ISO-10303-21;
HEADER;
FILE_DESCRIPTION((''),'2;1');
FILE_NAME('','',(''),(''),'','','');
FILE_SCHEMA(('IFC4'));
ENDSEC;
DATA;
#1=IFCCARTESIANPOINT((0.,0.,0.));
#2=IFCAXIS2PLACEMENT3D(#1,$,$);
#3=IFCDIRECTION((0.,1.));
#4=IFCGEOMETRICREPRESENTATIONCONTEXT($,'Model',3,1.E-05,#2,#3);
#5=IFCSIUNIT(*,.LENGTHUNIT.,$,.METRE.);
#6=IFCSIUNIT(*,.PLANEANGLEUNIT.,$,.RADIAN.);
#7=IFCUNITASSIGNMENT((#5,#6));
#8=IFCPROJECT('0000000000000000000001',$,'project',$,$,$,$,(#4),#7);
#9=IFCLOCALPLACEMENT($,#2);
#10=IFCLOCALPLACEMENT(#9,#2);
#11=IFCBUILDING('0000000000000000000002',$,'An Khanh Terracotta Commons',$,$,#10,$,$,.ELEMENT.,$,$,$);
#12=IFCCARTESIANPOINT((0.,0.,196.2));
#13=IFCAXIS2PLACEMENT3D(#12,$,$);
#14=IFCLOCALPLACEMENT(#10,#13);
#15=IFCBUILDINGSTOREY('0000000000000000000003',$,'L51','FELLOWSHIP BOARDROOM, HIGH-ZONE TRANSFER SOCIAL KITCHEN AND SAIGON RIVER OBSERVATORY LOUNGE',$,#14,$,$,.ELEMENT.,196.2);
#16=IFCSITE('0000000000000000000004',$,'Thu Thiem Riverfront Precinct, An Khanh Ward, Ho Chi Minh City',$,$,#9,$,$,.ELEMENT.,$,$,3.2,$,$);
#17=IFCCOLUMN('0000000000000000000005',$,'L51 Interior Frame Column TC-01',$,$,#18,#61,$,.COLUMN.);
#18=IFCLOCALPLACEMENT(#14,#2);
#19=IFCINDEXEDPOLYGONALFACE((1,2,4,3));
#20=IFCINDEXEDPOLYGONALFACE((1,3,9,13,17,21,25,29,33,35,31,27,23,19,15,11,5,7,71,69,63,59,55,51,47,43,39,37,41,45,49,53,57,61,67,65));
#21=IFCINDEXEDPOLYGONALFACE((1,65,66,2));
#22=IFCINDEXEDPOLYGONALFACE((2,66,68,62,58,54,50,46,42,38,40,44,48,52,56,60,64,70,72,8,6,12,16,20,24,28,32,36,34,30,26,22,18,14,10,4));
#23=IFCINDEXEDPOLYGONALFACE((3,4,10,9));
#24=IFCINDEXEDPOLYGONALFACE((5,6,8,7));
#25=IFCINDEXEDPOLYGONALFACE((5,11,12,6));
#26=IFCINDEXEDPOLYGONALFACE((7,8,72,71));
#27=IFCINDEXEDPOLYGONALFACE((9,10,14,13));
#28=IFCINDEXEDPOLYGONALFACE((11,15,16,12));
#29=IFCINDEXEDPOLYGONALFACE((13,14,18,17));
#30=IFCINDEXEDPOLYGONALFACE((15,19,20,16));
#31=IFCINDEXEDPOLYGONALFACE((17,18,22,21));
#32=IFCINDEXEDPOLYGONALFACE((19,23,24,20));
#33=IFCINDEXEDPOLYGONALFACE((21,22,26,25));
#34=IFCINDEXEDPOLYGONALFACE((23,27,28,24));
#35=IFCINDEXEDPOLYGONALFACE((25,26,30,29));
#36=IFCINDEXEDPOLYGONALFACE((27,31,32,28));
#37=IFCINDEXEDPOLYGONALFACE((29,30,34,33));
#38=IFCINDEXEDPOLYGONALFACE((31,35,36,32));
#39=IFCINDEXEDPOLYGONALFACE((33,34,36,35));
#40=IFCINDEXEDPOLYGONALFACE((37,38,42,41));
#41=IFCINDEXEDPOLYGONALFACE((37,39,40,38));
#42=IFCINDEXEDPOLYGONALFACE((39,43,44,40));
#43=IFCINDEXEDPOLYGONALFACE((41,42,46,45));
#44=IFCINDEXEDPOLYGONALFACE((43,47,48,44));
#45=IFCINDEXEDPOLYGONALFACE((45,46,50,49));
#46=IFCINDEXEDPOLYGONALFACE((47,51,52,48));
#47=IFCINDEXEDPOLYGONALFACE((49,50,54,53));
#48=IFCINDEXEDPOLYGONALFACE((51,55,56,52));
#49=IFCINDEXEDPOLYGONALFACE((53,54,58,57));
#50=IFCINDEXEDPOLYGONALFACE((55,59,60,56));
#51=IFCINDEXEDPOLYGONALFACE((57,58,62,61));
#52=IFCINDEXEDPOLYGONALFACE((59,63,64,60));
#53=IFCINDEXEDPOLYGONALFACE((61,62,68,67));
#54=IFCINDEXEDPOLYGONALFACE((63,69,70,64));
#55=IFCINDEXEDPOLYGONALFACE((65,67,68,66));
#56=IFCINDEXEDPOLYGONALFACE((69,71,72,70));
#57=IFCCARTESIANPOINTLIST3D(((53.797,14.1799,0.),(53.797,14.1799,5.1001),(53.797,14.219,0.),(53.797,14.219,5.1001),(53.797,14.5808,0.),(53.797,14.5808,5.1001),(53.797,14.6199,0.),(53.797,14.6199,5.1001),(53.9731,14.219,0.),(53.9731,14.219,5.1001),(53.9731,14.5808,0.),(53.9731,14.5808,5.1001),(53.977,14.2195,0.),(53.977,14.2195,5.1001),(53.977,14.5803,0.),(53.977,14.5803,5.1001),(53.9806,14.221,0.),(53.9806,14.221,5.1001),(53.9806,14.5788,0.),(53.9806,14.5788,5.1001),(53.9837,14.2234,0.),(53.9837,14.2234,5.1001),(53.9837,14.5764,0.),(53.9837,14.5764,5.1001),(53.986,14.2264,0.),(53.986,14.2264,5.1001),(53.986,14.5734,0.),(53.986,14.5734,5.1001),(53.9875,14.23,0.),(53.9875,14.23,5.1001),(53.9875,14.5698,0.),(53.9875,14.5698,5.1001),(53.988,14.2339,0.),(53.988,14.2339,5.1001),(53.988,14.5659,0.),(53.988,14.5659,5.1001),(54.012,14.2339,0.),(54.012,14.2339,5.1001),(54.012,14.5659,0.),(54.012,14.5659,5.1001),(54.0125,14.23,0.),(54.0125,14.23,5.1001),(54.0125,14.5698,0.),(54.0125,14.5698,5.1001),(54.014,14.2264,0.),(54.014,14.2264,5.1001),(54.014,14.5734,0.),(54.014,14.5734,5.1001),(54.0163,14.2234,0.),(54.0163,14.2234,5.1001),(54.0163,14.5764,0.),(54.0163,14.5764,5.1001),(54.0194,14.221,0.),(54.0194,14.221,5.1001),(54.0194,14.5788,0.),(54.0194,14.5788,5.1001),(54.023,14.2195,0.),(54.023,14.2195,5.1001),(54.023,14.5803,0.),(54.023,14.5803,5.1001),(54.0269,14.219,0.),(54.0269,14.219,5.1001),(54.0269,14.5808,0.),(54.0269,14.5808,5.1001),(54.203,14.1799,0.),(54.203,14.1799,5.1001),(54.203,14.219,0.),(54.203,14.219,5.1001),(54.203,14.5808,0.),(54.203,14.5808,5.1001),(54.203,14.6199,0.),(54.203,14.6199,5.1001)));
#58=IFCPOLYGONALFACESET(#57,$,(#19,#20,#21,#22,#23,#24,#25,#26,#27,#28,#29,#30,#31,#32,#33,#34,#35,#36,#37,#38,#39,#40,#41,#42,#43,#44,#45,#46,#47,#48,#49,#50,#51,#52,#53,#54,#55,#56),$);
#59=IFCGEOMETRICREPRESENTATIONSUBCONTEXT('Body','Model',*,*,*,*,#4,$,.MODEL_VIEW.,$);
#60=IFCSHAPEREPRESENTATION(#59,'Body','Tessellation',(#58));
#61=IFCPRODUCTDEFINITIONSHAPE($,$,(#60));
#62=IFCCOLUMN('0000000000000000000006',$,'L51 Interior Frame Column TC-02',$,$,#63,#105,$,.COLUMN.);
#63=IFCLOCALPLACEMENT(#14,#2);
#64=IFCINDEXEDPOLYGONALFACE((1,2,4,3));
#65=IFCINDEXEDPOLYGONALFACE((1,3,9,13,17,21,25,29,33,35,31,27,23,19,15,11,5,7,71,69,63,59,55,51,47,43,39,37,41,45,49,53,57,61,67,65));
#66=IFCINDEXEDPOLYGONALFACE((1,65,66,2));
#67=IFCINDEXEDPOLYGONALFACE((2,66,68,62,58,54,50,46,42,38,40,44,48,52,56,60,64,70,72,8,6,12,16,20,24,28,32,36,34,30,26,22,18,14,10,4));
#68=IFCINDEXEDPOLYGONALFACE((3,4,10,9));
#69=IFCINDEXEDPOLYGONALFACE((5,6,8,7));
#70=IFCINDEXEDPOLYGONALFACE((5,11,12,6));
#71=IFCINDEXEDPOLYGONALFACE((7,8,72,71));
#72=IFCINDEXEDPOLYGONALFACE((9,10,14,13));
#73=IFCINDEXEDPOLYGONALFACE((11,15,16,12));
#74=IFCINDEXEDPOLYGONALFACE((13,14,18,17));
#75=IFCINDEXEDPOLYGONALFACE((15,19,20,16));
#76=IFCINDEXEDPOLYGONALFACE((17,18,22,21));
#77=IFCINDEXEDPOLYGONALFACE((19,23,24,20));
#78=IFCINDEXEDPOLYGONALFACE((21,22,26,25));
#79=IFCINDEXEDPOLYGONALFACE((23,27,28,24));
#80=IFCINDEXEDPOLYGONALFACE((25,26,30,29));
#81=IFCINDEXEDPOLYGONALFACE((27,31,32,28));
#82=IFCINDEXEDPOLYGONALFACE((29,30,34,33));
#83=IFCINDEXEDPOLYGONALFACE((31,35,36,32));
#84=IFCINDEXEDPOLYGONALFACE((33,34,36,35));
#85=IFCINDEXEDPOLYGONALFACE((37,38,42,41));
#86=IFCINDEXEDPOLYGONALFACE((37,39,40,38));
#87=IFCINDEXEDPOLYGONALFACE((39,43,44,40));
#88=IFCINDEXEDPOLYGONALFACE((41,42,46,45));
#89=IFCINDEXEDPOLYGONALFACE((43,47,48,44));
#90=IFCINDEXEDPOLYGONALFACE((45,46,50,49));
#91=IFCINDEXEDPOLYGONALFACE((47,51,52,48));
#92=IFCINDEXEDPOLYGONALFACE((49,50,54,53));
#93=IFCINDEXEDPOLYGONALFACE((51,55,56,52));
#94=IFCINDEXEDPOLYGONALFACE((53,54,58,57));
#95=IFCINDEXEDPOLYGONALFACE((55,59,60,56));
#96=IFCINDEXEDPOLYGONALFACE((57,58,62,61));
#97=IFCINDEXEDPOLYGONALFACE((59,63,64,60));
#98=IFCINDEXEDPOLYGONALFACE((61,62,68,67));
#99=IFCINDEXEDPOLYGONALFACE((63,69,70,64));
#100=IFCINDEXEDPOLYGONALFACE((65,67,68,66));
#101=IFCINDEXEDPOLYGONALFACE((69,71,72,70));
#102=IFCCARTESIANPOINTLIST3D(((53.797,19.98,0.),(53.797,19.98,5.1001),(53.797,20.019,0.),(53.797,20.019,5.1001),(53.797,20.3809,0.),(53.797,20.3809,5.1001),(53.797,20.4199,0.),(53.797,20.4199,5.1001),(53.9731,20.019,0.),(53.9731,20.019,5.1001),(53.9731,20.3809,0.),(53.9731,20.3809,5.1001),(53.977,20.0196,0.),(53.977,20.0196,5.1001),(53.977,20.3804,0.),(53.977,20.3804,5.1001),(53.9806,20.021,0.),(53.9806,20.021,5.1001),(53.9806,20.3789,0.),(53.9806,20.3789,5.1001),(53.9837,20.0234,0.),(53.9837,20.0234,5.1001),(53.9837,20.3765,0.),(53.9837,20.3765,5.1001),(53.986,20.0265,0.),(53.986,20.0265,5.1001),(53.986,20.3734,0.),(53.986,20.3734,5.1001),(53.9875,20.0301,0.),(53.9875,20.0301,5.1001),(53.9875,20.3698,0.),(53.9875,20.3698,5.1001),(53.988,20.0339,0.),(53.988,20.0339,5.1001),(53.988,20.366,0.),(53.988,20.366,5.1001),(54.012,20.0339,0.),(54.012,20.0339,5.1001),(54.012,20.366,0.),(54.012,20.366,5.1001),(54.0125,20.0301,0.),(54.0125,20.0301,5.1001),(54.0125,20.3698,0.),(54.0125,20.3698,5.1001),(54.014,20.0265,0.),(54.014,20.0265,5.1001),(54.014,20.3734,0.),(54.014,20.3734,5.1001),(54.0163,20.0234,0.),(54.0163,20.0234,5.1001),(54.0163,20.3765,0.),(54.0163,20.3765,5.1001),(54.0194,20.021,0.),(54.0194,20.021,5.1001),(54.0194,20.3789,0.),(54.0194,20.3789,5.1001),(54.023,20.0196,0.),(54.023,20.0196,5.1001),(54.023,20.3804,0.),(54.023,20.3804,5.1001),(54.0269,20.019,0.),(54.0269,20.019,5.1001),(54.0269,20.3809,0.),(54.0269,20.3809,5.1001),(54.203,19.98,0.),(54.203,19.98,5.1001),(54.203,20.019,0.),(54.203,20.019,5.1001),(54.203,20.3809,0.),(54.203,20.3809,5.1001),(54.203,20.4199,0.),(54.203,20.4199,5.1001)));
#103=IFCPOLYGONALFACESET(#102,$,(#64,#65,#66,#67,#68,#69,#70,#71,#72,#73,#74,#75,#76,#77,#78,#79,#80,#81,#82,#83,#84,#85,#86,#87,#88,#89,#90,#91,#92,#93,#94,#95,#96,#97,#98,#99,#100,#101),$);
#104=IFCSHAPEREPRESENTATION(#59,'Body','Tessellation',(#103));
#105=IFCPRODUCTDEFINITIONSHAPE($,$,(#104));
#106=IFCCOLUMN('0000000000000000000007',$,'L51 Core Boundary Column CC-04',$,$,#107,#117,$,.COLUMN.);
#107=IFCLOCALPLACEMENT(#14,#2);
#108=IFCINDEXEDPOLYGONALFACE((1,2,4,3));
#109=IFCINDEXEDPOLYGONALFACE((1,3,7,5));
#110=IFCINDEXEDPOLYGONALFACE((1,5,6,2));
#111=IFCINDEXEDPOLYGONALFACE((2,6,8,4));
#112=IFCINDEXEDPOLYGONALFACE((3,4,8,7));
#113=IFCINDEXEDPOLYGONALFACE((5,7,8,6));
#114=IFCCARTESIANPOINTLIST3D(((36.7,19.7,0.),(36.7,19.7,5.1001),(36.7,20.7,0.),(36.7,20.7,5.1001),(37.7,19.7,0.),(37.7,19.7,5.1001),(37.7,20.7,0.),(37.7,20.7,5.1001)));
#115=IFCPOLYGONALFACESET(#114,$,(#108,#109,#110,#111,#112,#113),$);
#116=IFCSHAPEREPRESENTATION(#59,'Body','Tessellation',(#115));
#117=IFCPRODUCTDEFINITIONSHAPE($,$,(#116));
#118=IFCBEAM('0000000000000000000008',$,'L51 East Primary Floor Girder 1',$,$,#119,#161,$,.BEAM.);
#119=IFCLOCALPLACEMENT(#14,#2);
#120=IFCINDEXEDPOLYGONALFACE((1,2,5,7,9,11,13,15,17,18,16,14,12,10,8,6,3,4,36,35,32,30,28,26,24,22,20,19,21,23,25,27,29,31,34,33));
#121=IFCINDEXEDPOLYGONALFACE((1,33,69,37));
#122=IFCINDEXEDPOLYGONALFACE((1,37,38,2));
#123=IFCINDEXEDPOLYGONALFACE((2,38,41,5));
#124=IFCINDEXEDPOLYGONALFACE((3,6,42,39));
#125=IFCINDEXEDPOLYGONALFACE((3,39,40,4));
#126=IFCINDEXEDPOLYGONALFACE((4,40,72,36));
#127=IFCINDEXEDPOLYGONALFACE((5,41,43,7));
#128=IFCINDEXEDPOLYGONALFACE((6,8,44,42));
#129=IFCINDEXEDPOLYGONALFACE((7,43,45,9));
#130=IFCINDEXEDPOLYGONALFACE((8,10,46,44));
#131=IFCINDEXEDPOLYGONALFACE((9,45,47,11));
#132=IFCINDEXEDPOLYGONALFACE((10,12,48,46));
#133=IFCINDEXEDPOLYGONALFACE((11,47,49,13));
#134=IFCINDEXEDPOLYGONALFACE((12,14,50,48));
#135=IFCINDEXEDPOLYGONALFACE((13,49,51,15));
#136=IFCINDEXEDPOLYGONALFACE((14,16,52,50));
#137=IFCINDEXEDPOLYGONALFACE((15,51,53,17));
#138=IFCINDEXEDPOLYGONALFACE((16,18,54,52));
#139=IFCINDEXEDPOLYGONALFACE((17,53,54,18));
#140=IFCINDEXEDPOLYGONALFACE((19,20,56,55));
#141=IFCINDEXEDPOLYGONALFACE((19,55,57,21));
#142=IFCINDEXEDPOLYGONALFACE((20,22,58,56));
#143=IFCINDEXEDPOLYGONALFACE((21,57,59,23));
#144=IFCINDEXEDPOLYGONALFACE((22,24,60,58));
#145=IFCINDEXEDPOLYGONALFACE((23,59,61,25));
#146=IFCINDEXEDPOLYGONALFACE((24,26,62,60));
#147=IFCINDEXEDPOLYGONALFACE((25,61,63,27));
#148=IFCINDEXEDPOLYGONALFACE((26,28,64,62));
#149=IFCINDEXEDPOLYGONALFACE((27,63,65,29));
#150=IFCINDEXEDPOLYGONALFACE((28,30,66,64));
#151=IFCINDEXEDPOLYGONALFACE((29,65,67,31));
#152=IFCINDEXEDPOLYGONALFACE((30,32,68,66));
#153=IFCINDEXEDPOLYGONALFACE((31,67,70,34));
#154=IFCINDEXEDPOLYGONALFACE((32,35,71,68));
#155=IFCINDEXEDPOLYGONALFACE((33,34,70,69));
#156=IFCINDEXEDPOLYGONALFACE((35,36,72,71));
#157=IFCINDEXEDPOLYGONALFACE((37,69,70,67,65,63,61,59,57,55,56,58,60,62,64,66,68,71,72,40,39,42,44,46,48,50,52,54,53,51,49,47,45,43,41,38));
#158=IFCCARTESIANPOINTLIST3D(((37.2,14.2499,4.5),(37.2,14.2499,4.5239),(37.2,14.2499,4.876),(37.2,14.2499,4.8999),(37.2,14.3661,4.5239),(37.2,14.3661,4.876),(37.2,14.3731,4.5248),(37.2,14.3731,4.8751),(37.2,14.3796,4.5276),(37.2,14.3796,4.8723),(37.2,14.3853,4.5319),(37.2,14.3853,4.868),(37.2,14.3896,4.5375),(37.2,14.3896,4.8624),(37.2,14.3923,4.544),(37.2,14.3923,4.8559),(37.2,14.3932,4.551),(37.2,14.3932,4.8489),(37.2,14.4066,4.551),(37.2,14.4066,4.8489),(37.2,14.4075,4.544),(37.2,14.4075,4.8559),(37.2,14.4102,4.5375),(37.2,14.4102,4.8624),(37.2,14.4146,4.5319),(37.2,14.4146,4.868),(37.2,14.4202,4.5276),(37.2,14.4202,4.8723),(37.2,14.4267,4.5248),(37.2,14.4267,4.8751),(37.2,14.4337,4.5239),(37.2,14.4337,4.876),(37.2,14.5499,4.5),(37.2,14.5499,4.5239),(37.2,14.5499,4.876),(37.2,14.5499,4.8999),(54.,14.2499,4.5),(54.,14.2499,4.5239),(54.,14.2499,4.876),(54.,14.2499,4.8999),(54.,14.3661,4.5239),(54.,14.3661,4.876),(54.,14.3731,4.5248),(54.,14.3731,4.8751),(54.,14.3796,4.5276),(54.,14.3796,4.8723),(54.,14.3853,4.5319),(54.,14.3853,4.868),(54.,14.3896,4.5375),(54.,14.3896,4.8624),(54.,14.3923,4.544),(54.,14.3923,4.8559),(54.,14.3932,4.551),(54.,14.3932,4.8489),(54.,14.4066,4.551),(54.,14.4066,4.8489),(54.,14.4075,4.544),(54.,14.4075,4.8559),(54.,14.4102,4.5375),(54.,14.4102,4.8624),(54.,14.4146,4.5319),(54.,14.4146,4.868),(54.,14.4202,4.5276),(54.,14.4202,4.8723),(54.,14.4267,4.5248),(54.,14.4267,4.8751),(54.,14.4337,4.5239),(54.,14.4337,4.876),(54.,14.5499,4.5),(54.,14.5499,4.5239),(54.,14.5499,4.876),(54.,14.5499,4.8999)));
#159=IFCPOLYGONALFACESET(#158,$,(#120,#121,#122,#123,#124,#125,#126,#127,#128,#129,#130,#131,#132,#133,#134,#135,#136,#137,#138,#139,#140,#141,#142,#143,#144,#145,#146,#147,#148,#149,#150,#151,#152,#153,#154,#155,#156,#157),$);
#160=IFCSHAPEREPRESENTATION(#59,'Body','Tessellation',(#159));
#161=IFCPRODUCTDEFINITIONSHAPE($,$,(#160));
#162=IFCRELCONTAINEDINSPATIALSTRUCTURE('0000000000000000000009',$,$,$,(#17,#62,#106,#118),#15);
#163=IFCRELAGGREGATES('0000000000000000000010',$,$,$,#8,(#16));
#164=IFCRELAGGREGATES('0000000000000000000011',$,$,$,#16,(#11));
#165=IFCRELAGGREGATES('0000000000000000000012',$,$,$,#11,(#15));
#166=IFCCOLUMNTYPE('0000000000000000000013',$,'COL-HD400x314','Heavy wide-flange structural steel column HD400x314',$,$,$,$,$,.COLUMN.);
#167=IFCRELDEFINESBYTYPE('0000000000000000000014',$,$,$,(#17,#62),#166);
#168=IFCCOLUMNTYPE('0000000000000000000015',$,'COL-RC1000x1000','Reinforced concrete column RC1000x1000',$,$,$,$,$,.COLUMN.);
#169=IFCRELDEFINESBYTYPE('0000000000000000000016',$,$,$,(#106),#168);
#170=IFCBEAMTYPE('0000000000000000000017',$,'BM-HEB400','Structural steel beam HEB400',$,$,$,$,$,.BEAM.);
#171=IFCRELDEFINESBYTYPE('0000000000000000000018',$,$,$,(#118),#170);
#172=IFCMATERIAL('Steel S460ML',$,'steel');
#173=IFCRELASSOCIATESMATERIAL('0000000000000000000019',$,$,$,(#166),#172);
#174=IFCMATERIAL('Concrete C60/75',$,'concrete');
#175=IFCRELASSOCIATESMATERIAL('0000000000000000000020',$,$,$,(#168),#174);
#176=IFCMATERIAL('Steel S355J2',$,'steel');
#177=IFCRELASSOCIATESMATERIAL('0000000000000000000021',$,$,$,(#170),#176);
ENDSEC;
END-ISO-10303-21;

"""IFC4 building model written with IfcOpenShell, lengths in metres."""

from ifc_helpers import new_model, si_unit, direction, frame, origin, origin_2d, place, context, subcontext, project, spatial, rectangle, i_section, extrude, material, material_profile, profile_set, type_object, element, save


model = new_model("IFC4")

# Units and contexts
model_context = context("Model", 3, precision=1e-05, world=origin(), true_north=direction((0.0, 1.0)))
body_context = subcontext(model_context, "Body", "Model", "MODEL_VIEW")
ifc_project = project(units=[si_unit("LENGTHUNIT", "METRE"), si_unit("PLANEANGLEUNIT", "RADIAN")], contexts=[model_context])

# Site, building, storey
site_placement = place(None, origin())
site = spatial("IfcSite", under=ifc_project, at=site_placement, Name="Thu Thiem Riverfront Precinct, An Khanh Ward, Ho Chi Minh City", CompositionType="ELEMENT", RefElevation=3.2)
building_placement = place(site_placement, origin())
building = spatial("IfcBuilding", under=site, at=building_placement, Name="An Khanh Terracotta Commons", CompositionType="ELEMENT")
storey_placement = place(building_placement, frame((0.0, 0.0, 196.2)))
storey = spatial("IfcBuildingStorey", under=building, at=storey_placement, Name="L51", Description="FELLOWSHIP BOARDROOM, HIGH-ZONE TRANSFER SOCIAL KITCHEN AND SAIGON RIVER OBSERVATORY LOUNGE", CompositionType="ELEMENT", Elevation=196.2)

# Columns
ifc_material_1 = material(Name="Steel S460ML", Category="steel")
ifc_material_profile_1 = material_profile(ifc_material_1, i_section(OverallWidth=0.406, OverallDepth=0.4399, WebThickness=0.0239, FlangeThickness=0.0391, FilletRadius=0.0149, at=origin_2d()), Name="HD400x314")
ifc_profile_set_1 = profile_set([ifc_material_profile_1], Name="Steel S460ML")
column_type_1 = type_object("IfcColumnType", Name="COL-HD400x314", Description="Heavy wide-flange structural steel column HD400x314", PredefinedType="COLUMN", material=ifc_profile_set_1)
for number, where, z_axis, x_axis, name in (
    (1, (54.0, 14.3999, 0.0), (0.0, 0.0, 1.0), (1.0, 0.0, 0.0), "L51 Interior Frame Column TC-01"),
    (2, (54.0, 20.2, 0.0), (0.0, 0.0, 1.0), (1.0, 0.0, 0.0), "L51 Interior Frame Column TC-02"),
):
    element("IfcColumn", number, at=place(storey_placement, frame(where, z_axis=z_axis, x_axis=x_axis)), inside=storey, type_object=column_type_1, Name=name, PredefinedType="COLUMN", context=body_context, shape_type="SweptSolid", body=[
        extrude(i_section(OverallWidth=0.406, OverallDepth=0.4399, WebThickness=0.0239, FlangeThickness=0.0391, FilletRadius=0.0149, at=origin_2d()), origin(), (0.0, 0.0, 1.0), 5.1001),
    ])
ifc_material_2 = material(Name="Concrete C60/75", Category="concrete")
ifc_material_profile_2 = material_profile(ifc_material_2, rectangle(XDim=1.0, YDim=1.0, at=origin_2d()), Name="RC1000x1000")
ifc_profile_set_2 = profile_set([ifc_material_profile_2], Name="Concrete C60/75")
column_type_2 = type_object("IfcColumnType", Name="COL-RC1000x1000", Description="Reinforced concrete column RC1000x1000", PredefinedType="COLUMN", material=ifc_profile_set_2)
column_placement = place(storey_placement, frame((37.2, 20.2, 0.0), z_axis=(0.0, 0.0, 1.0), x_axis=(1.0, 0.0, 0.0)))
element("IfcColumn", 3, at=column_placement, inside=storey, type_object=column_type_2, Name="L51 Core Boundary Column CC-04", PredefinedType="COLUMN", context=body_context, shape_type="SweptSolid", body=[
    extrude(rectangle(XDim=1.0, YDim=1.0, at=origin_2d()), origin(), (0.0, 0.0, 1.0), 5.1001),
])

# Beam
ifc_material_3 = material(Name="Steel S355J2", Category="steel")
ifc_material_profile_3 = material_profile(ifc_material_3, i_section(OverallWidth=0.3, OverallDepth=0.3999, WebThickness=0.0134, FlangeThickness=0.0239, FilletRadius=0.0271, at=origin_2d()), Name="HEB400")
ifc_profile_set_3 = profile_set([ifc_material_profile_3], Name="Steel S355J2")
beam_type_1 = type_object("IfcBeamType", Name="BM-HEB400", Description="Structural steel beam HEB400", PredefinedType="BEAM", material=ifc_profile_set_3)
for number, where, z_axis, x_axis, name in (
    (4, (37.2, 14.3999, 4.7), (1.0, 0.0, 0.0), (0.0, 1.0, 0.0), "L51 East Primary Floor Girder 1"),
):
    element("IfcBeam", number, at=place(storey_placement, frame(where, z_axis=z_axis, x_axis=x_axis)), inside=storey, type_object=beam_type_1, Name=name, PredefinedType="BEAM", context=body_context, shape_type="SweptSolid", body=[
        extrude(i_section(OverallWidth=0.3, OverallDepth=0.3999, WebThickness=0.0134, FlangeThickness=0.0239, FilletRadius=0.0271, at=origin_2d()), origin(), (0.0, 0.0, 1.0), 16.8),
    ])

save(model, "model.ifc")
